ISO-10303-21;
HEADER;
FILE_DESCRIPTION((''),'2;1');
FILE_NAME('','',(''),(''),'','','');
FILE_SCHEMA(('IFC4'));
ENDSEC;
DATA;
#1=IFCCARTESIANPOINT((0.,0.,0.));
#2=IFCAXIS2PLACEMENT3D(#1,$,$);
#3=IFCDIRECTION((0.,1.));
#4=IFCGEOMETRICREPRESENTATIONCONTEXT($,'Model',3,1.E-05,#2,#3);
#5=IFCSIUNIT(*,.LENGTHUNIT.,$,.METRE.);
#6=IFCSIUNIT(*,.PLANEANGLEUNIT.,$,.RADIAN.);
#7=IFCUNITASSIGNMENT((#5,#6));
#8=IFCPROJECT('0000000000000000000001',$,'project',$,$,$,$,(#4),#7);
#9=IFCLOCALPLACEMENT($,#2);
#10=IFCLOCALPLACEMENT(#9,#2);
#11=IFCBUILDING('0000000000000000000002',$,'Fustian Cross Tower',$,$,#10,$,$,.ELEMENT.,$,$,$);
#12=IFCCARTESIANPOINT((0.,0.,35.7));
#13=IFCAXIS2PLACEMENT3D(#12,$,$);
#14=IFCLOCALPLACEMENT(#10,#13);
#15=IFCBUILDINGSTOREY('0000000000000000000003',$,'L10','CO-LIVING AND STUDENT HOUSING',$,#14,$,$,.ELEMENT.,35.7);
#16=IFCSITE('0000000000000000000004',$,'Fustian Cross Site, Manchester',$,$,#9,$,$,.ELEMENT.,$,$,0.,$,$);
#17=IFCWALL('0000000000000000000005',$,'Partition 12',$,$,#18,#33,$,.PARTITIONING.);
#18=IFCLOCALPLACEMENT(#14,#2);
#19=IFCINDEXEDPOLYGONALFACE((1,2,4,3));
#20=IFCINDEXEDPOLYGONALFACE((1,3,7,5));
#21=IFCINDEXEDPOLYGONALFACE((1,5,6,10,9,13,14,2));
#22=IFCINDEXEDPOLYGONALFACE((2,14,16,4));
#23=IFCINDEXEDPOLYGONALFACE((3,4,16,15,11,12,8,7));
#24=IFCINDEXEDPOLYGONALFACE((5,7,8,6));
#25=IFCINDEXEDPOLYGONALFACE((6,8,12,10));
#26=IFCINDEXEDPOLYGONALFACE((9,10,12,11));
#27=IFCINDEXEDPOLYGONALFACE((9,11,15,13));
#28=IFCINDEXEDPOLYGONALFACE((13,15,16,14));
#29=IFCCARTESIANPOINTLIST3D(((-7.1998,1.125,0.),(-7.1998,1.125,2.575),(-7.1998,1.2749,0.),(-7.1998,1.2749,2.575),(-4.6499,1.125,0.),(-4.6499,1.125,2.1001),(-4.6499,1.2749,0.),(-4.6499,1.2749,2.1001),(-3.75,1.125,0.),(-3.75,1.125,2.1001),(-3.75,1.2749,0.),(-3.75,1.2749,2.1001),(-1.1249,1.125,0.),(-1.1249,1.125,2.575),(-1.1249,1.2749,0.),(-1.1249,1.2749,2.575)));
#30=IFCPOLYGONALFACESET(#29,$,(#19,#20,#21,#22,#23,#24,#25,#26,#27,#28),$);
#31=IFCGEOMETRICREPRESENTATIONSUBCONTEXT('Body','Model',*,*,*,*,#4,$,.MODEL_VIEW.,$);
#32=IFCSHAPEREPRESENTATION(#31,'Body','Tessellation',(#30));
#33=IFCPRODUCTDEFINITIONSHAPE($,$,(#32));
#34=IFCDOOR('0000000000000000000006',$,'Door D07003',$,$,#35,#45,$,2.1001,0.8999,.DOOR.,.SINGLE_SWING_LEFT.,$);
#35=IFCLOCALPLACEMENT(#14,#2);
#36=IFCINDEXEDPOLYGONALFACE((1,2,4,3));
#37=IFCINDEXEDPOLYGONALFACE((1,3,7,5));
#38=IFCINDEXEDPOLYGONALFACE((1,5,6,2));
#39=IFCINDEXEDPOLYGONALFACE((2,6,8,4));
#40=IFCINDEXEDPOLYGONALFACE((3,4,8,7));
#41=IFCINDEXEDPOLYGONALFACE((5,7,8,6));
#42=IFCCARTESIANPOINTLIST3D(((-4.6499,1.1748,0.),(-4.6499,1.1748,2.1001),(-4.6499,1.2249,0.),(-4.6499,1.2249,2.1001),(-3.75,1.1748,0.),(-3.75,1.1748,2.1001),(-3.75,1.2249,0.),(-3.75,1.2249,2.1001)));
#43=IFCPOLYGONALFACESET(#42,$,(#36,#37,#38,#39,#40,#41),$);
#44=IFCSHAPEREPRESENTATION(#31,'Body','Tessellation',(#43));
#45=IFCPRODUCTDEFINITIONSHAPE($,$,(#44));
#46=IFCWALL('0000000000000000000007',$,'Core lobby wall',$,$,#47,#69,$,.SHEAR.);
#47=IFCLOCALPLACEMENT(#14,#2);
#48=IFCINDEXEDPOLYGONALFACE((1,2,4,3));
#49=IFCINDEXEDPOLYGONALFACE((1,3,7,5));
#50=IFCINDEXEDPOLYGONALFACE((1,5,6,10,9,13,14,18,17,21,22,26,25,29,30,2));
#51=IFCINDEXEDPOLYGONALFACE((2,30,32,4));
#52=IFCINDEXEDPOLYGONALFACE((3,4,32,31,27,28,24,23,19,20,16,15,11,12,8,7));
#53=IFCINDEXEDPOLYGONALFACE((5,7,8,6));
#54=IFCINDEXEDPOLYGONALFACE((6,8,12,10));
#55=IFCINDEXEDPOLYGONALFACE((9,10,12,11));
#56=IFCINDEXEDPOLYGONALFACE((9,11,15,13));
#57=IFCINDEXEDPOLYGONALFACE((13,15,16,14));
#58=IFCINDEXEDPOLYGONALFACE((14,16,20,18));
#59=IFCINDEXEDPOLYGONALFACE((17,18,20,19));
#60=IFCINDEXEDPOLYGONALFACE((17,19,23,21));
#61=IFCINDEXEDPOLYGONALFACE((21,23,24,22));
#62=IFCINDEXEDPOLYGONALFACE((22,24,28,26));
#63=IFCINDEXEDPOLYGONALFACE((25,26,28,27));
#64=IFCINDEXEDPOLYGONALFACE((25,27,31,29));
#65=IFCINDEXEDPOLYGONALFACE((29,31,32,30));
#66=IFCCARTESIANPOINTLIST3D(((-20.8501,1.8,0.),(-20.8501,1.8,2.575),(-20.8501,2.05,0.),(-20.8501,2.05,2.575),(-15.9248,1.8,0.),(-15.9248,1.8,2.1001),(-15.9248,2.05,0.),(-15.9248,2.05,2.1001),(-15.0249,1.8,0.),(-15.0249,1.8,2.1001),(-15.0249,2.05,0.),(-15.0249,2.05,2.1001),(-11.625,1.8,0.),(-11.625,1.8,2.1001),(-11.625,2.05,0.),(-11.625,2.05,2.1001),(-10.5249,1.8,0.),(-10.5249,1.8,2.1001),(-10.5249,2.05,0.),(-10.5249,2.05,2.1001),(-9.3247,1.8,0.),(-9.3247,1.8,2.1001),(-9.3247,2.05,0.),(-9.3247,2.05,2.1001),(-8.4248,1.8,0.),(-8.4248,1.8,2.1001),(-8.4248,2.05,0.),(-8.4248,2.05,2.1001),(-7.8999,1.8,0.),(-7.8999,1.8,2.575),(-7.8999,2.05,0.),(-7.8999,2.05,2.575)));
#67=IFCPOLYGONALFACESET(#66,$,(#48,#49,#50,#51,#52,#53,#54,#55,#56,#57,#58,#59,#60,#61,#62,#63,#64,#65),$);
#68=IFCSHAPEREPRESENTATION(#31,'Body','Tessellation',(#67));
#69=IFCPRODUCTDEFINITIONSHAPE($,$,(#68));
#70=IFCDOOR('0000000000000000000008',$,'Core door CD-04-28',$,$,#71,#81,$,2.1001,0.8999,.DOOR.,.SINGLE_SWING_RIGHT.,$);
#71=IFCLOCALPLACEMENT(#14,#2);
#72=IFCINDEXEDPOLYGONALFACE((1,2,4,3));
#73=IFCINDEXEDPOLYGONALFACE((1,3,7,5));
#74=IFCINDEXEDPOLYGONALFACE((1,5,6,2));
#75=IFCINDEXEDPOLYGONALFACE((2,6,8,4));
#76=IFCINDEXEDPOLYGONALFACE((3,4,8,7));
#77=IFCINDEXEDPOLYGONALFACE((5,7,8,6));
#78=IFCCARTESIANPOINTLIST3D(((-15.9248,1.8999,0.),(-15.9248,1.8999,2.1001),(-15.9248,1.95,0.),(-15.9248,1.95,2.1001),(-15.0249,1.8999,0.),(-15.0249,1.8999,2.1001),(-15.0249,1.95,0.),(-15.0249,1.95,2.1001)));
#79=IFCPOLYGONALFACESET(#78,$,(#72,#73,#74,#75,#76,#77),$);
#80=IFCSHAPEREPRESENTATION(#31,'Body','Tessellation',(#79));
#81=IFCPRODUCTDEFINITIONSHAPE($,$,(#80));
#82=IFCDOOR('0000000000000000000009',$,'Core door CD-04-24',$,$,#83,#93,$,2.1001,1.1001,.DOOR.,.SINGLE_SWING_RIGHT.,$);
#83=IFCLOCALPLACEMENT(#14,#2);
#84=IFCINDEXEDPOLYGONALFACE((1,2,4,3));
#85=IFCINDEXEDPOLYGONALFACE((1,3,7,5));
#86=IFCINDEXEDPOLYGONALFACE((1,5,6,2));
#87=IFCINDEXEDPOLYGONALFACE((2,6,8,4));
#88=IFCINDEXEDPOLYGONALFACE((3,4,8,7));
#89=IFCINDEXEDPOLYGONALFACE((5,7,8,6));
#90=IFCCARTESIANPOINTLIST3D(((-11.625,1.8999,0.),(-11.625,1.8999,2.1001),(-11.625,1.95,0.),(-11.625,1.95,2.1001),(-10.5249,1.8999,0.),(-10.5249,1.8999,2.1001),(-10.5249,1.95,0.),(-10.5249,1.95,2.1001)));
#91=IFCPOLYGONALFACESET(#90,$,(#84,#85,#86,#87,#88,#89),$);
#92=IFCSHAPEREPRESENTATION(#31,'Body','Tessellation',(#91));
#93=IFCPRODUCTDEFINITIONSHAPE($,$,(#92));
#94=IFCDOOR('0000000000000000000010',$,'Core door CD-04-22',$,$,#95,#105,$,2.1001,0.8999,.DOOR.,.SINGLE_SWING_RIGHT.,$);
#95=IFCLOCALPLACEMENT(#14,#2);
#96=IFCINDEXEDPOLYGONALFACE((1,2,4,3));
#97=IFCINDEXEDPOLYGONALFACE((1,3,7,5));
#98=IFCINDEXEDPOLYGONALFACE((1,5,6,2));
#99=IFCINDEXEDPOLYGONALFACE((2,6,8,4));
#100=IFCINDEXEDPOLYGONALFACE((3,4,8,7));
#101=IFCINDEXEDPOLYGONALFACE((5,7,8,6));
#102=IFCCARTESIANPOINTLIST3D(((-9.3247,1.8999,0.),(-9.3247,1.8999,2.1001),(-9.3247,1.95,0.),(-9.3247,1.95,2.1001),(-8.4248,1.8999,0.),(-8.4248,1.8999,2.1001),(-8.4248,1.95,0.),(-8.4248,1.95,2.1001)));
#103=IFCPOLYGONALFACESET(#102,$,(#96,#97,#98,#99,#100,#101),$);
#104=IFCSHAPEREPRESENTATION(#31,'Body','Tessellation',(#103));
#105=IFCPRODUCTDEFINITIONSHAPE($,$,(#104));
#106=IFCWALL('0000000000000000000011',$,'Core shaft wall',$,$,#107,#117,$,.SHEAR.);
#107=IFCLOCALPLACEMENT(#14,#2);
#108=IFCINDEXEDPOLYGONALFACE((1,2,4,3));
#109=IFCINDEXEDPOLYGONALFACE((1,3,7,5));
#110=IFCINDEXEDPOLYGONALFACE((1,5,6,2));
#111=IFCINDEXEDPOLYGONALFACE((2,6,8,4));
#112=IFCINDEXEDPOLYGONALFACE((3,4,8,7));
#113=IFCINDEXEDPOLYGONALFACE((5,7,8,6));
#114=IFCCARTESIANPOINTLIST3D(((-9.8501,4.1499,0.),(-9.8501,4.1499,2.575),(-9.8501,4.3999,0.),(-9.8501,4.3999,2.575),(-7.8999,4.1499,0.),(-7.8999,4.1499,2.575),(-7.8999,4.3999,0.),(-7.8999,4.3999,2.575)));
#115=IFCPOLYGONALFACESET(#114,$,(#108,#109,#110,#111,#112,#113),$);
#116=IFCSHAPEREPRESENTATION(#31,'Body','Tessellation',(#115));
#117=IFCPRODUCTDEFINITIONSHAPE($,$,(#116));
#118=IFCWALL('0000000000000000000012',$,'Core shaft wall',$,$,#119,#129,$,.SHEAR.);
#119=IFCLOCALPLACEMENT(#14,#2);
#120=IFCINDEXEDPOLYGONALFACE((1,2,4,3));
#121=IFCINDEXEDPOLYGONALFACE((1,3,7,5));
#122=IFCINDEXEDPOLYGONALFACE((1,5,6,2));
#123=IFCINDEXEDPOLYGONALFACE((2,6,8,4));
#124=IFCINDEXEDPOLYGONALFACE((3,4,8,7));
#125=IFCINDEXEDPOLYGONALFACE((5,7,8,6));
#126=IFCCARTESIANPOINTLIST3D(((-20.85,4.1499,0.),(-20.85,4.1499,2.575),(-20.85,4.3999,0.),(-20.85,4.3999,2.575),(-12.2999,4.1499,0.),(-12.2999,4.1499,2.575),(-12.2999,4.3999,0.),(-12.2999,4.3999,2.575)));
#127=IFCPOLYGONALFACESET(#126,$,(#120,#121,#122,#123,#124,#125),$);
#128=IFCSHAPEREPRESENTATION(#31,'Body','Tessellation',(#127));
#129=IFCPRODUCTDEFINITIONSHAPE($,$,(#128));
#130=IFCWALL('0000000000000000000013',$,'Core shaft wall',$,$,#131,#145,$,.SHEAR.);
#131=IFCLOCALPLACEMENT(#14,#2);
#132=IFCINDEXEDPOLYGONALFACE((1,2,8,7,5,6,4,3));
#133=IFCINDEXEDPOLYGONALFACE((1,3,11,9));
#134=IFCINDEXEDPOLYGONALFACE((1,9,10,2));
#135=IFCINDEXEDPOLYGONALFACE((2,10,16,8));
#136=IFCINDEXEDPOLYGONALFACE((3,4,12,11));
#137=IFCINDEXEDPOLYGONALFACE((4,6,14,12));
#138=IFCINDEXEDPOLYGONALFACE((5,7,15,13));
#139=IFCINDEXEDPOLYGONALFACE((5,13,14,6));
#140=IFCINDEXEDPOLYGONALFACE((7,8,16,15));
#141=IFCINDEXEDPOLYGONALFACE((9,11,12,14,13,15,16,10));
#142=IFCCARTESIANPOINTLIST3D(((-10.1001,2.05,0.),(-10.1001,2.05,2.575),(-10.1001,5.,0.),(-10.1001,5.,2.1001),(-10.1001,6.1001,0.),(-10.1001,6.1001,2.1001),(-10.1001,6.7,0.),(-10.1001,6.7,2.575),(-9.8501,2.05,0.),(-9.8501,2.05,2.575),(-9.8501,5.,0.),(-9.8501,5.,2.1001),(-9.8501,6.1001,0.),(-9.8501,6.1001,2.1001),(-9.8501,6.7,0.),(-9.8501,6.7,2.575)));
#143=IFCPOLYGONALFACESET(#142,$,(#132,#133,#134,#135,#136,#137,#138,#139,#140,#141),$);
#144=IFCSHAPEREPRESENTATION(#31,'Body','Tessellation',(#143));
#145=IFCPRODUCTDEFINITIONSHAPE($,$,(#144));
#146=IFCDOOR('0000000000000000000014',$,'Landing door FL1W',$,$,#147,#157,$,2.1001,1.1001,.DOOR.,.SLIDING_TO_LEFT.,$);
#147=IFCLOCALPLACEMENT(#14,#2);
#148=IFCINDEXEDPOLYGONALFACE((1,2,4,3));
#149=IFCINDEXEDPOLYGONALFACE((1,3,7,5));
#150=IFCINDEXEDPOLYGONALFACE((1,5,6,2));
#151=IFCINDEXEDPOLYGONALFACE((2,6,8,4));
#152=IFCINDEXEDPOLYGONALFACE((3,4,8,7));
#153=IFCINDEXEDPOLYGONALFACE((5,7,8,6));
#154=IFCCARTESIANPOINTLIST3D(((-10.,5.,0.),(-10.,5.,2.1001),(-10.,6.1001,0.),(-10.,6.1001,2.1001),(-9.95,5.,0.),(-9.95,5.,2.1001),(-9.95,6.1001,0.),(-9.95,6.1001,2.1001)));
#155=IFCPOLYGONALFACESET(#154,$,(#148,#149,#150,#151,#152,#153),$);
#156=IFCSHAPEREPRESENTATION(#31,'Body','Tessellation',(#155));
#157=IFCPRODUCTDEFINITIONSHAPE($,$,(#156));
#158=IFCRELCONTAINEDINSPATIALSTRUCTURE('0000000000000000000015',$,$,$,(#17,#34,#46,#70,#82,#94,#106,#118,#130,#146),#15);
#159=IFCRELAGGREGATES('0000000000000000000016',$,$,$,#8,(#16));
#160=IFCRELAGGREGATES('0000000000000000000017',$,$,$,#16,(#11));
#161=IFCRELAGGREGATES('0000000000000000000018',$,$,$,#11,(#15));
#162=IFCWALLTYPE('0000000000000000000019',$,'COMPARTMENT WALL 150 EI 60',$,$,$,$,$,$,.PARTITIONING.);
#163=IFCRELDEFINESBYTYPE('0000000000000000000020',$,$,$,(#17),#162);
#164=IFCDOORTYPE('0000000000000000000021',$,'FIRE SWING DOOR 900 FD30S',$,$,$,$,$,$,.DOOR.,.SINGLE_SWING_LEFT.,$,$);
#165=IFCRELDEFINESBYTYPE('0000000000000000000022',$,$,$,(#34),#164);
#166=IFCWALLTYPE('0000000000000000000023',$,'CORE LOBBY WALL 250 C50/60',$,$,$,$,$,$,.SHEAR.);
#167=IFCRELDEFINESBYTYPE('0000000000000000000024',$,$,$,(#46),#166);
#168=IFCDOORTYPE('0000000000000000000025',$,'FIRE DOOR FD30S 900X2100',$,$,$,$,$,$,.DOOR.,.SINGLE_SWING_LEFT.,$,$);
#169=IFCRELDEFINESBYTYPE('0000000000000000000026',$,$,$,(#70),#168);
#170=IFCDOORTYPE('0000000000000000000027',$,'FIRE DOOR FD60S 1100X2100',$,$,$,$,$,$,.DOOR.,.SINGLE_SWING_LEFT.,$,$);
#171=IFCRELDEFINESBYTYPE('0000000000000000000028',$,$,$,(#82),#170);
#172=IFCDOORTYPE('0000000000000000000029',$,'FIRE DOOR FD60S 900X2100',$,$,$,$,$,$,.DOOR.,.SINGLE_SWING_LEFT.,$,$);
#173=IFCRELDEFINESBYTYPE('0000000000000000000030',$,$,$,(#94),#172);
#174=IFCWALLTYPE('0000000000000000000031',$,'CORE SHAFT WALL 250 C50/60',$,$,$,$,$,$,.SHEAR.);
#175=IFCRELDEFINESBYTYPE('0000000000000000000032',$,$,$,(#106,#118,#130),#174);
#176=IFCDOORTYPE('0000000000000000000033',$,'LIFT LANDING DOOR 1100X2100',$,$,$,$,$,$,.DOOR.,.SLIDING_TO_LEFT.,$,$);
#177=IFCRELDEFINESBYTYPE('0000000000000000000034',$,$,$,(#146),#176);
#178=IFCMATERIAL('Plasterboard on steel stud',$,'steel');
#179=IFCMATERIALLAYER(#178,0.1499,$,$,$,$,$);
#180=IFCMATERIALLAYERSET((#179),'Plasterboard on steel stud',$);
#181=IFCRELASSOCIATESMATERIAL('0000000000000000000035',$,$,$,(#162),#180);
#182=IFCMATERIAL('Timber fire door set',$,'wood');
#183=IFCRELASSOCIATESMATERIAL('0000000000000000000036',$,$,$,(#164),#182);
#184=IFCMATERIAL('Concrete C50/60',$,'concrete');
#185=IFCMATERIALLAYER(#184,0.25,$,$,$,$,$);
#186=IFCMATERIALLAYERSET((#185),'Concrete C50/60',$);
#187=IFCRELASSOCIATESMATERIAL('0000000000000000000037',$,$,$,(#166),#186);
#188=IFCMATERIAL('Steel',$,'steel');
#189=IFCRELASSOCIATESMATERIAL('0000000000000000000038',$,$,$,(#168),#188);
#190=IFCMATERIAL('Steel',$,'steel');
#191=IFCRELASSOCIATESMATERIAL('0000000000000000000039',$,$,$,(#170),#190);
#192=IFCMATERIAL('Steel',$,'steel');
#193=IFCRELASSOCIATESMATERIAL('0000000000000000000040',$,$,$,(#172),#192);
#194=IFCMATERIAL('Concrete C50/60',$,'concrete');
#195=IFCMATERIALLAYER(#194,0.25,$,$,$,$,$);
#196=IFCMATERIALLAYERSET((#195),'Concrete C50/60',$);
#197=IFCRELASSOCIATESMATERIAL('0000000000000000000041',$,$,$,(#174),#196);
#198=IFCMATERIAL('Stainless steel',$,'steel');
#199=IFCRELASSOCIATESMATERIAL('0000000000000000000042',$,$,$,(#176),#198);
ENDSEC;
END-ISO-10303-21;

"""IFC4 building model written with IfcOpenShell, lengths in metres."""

from ifc_helpers import new_model, si_unit, direction, frame, frame_2d, origin, place, context, subcontext, project, spatial, rectangle, extrude, material, layer, layer_set, type_object, element, fill, save


model = new_model("IFC4")

# Units and contexts
model_context = context("Model", 3, precision=1e-05, world=origin(), true_north=direction((0.0, 1.0)))
body_context = subcontext(model_context, "Body", "Model", "MODEL_VIEW")
ifc_project = project(units=[si_unit("LENGTHUNIT", "METRE"), si_unit("PLANEANGLEUNIT", "RADIAN")], contexts=[model_context])

# Site, building, storey
site_placement = place(None, origin())
site = spatial("IfcSite", under=ifc_project, at=site_placement, Name="Fustian Cross Site, Manchester", CompositionType="ELEMENT", RefElevation=0.0)
building_placement = place(site_placement, origin())
building = spatial("IfcBuilding", under=site, at=building_placement, Name="Fustian Cross Tower", CompositionType="ELEMENT")
storey_placement = place(building_placement, frame((0.0, 0.0, 35.7)))
storey = spatial("IfcBuildingStorey", under=building, at=storey_placement, Name="L10", Description="CO-LIVING AND STUDENT HOUSING", CompositionType="ELEMENT", Elevation=35.7)

# Wall, opening, door
ifc_material_1 = material(Name="Plasterboard on steel stud", Category="steel")
ifc_layer_1 = layer(ifc_material_1, 0.1499)
ifc_layer_set_1 = layer_set([ifc_layer_1], Name="Plasterboard on steel stud")
wall_type_1 = type_object("IfcWallType", Name="COMPARTMENT WALL 150 EI 60", PredefinedType="PARTITIONING", material=ifc_layer_set_1)
wall_1_placement = place(storey_placement, frame((-7.2, 1.2, 0.0), z_axis=(0.0, 0.0, 1.0), x_axis=(1.0, 0.0, 0.0)))
wall_1 = element("IfcWall", 1, at=wall_1_placement, inside=storey, type_object=wall_type_1, Name="Partition 12", PredefinedType="PARTITIONING", context=body_context, shape_type="SweptSolid", body=[
    extrude(rectangle(XDim=6.075, YDim=0.1499, at=frame_2d((3.0376, 0.0))), origin(), (0.0, 0.0, 1.0), 2.575),
])
opening_1_placement = place(wall_1_placement, frame((2.55, 0.0, 0.0)))
opening_1 = element("IfcOpeningElement", 2, at=opening_1_placement, cuts=wall_1, PredefinedType="OPENING", context=body_context, shape_type="SweptSolid", body=[
    extrude(rectangle(XDim=0.8999, YDim=2.1001, at=frame_2d((0.45, 1.05))), frame((0.0, 0.085, 0.0), z_axis=(0.0, -1.0, 0.0), x_axis=(1.0, 0.0, 0.0)), (0.0, 0.0, 1.0), 0.1699),
])
ifc_material_2 = material(Name="Timber fire door set", Category="wood")
door_type_1 = type_object("IfcDoorType", Name="FIRE SWING DOOR 900 FD30S", OperationType="SINGLE_SWING_LEFT", PredefinedType="DOOR", material=ifc_material_2)
door_1_placement = place(opening_1_placement, origin())
door_1 = element("IfcDoor", 3, at=door_1_placement, inside=storey, type_object=door_type_1, Name="Door D07003", OperationType="SINGLE_SWING_LEFT", OverallHeight=2.1001, OverallWidth=0.8999, PredefinedType="DOOR", context=body_context, shape_type="SweptSolid", body=[
    extrude(rectangle(XDim=0.8999, YDim=2.1001, at=frame_2d((0.45, 1.05))), frame((0.0, 0.0249, 0.0), z_axis=(0.0, -1.0, 0.0), x_axis=(1.0, 0.0, 0.0)), (0.0, 0.0, 1.0), 0.05),
])
fill(opening_1, door_1)

# Wall, openings, doors
ifc_material_3 = material(Name="Concrete C50/60", Category="concrete")
ifc_layer_2 = layer(ifc_material_3, 0.25)
ifc_layer_set_2 = layer_set([ifc_layer_2], Name="Concrete C50/60")
wall_type_2 = type_object("IfcWallType", Name="CORE LOBBY WALL 250 C50/60", PredefinedType="SHEAR", material=ifc_layer_set_2)
wall_2_placement = place(storey_placement, frame((-7.8999, 1.925, 0.0), z_axis=(0.0, 0.0, 1.0), x_axis=(-1.0, 0.0, 0.0)))
wall_2 = element("IfcWall", 4, at=wall_2_placement, inside=storey, type_object=wall_type_2, Name="Core lobby wall", PredefinedType="SHEAR", context=body_context, shape_type="SweptSolid", body=[
    extrude(rectangle(XDim=12.9502, YDim=0.25, at=frame_2d((6.4751, 0.0))), origin(), (0.0, 0.0, 1.0), 2.575),
])
opening_2_placement = place(wall_2_placement, frame((0.5249, 0.0, 0.0)))
opening_2 = element("IfcOpeningElement", 5, at=opening_2_placement, cuts=wall_2, PredefinedType="OPENING", context=body_context, shape_type="SweptSolid", body=[
    extrude(rectangle(XDim=0.8999, YDim=2.1001, at=frame_2d((0.45, 1.05))), frame((0.0, 0.135, 0.0), z_axis=(0.0, -1.0, 0.0), x_axis=(1.0, 0.0, 0.0)), (0.0, 0.0, 1.0), 0.27),
])
opening_3_placement = place(wall_2_placement, frame((2.625, 0.0, 0.0)))
opening_3 = element("IfcOpeningElement", 6, at=opening_3_placement, cuts=wall_2, PredefinedType="OPENING", context=body_context, shape_type="SweptSolid", body=[
    extrude(rectangle(XDim=1.1001, YDim=2.1001, at=frame_2d((0.55, 1.05))), frame((0.0, 0.135, 0.0), z_axis=(0.0, -1.0, 0.0), x_axis=(1.0, 0.0, 0.0)), (0.0, 0.0, 1.0), 0.27),
])
opening_4_placement = place(wall_2_placement, frame((7.125, 0.0, 0.0)))
opening_4 = element("IfcOpeningElement", 7, at=opening_4_placement, cuts=wall_2, PredefinedType="OPENING", context=body_context, shape_type="SweptSolid", body=[
    extrude(rectangle(XDim=0.8999, YDim=2.1001, at=frame_2d((0.45, 1.05))), frame((0.0, 0.135, 0.0), z_axis=(0.0, -1.0, 0.0), x_axis=(1.0, 0.0, 0.0)), (0.0, 0.0, 1.0), 0.27),
])
ifc_material_4 = material(Name="Steel", Category="steel")
door_type_2 = type_object("IfcDoorType", Name="FIRE DOOR FD30S 900X2100", OperationType="SINGLE_SWING_LEFT", PredefinedType="DOOR", material=ifc_material_4)
door_2_placement = place(opening_4_placement, frame((0.8999, 0.0, 0.0), z_axis=(0.0, 0.0, 1.0), x_axis=(-1.0, 0.0, 0.0)))
door_2 = element("IfcDoor", 8, at=door_2_placement, inside=storey, type_object=door_type_2, Name="Core door CD-04-28", OperationType="SINGLE_SWING_RIGHT", OverallHeight=2.1001, OverallWidth=0.8999, PredefinedType="DOOR", context=body_context, shape_type="SweptSolid", body=[
    extrude(rectangle(XDim=0.8999, YDim=2.1001, at=frame_2d((0.45, 1.05))), frame((0.0, 0.0249, 0.0), z_axis=(0.0, -1.0, 0.0), x_axis=(1.0, 0.0, 0.0)), (0.0, 0.0, 1.0), 0.05),
])
fill(opening_4, door_2)
ifc_material_5 = material(Name="Steel", Category="steel")
door_type_3 = type_object("IfcDoorType", Name="FIRE DOOR FD60S 1100X2100", OperationType="SINGLE_SWING_LEFT", PredefinedType="DOOR", material=ifc_material_5)
door_3_placement = place(opening_3_placement, frame((1.1001, 0.0, 0.0), z_axis=(0.0, 0.0, 1.0), x_axis=(-1.0, 0.0, 0.0)))
door_3 = element("IfcDoor", 9, at=door_3_placement, inside=storey, type_object=door_type_3, Name="Core door CD-04-24", OperationType="SINGLE_SWING_RIGHT", OverallHeight=2.1001, OverallWidth=1.1001, PredefinedType="DOOR", context=body_context, shape_type="SweptSolid", body=[
    extrude(rectangle(XDim=1.1001, YDim=2.1001, at=frame_2d((0.55, 1.05))), frame((0.0, 0.0249, 0.0), z_axis=(0.0, -1.0, 0.0), x_axis=(1.0, 0.0, 0.0)), (0.0, 0.0, 1.0), 0.05),
])
fill(opening_3, door_3)
ifc_material_6 = material(Name="Steel", Category="steel")
door_type_4 = type_object("IfcDoorType", Name="FIRE DOOR FD60S 900X2100", OperationType="SINGLE_SWING_LEFT", PredefinedType="DOOR", material=ifc_material_6)
door_4_placement = place(opening_2_placement, frame((0.8999, 0.0, 0.0), z_axis=(0.0, 0.0, 1.0), x_axis=(-1.0, 0.0, 0.0)))
door_4 = element("IfcDoor", 10, at=door_4_placement, inside=storey, type_object=door_type_4, Name="Core door CD-04-22", OperationType="SINGLE_SWING_RIGHT", OverallHeight=2.1001, OverallWidth=0.8999, PredefinedType="DOOR", context=body_context, shape_type="SweptSolid", body=[
    extrude(rectangle(XDim=0.8999, YDim=2.1001, at=frame_2d((0.45, 1.05))), frame((0.0, 0.0249, 0.0), z_axis=(0.0, -1.0, 0.0), x_axis=(1.0, 0.0, 0.0)), (0.0, 0.0, 1.0), 0.05),
])
fill(opening_2, door_4)

# Walls
ifc_material_7 = material(Name="Concrete C50/60", Category="concrete")
ifc_layer_3 = layer(ifc_material_7, 0.25)
ifc_layer_set_3 = layer_set([ifc_layer_3], Name="Concrete C50/60")
wall_type_3 = type_object("IfcWallType", Name="CORE SHAFT WALL 250 C50/60", PredefinedType="SHEAR", material=ifc_layer_set_3)
wall_3_placement = place(storey_placement, frame((-7.8999, 4.2749, 0.0), z_axis=(0.0, 0.0, 1.0), x_axis=(-1.0, 0.0, 0.0)))
element("IfcWall", 11, at=wall_3_placement, inside=storey, type_object=wall_type_3, Name="Core shaft wall", PredefinedType="SHEAR", context=body_context, shape_type="SweptSolid", body=[
    extrude(rectangle(XDim=1.9502, YDim=0.25, at=frame_2d((0.9751, 0.0))), origin(), (0.0, 0.0, 1.0), 2.575),
])
wall_4_placement = place(storey_placement, frame((-12.3, 4.2749, 0.0), z_axis=(0.0, 0.0, 1.0), x_axis=(-1.0, 0.0, 0.0)))
element("IfcWall", 12, at=wall_4_placement, inside=storey, type_object=wall_type_3, Name="Core shaft wall", PredefinedType="SHEAR", context=body_context, shape_type="SweptSolid", body=[
    extrude(rectangle(XDim=8.55, YDim=0.25, at=frame_2d((4.2749, 0.0))), origin(), (0.0, 0.0, 1.0), 2.575),
])

# Wall, opening, door
wall_5_placement = place(storey_placement, frame((-9.9751, 2.05, 0.0), z_axis=(0.0, 0.0, 1.0), x_axis=(0.0, 1.0, 0.0)))
wall_5 = element("IfcWall", 13, at=wall_5_placement, inside=storey, type_object=wall_type_3, Name="Core shaft wall", PredefinedType="SHEAR", context=body_context, shape_type="SweptSolid", body=[
    extrude(rectangle(XDim=4.6499, YDim=0.25, at=frame_2d((2.325, 0.0))), origin(), (0.0, 0.0, 1.0), 2.575),
])
opening_5_placement = place(wall_5_placement, frame((2.95, 0.0, 0.0)))
opening_5 = element("IfcOpeningElement", 14, at=opening_5_placement, cuts=wall_5, PredefinedType="OPENING", context=body_context, shape_type="SweptSolid", body=[
    extrude(rectangle(XDim=1.1001, YDim=2.1001, at=frame_2d((0.55, 1.05))), frame((0.0, 0.135, 0.0), z_axis=(0.0, -1.0, 0.0), x_axis=(1.0, 0.0, 0.0)), (0.0, 0.0, 1.0), 0.27),
])
ifc_material_8 = material(Name="Stainless steel", Category="steel")
door_type_5 = type_object("IfcDoorType", Name="LIFT LANDING DOOR 1100X2100", OperationType="SLIDING_TO_LEFT", PredefinedType="DOOR", material=ifc_material_8)
door_5_placement = place(opening_5_placement, origin())
door_5 = element("IfcDoor", 15, at=door_5_placement, inside=storey, type_object=door_type_5, Name="Landing door FL1W", OperationType="SLIDING_TO_LEFT", OverallHeight=2.1001, OverallWidth=1.1001, PredefinedType="DOOR", context=body_context, shape_type="SweptSolid", body=[
    extrude(rectangle(XDim=1.1001, YDim=2.1001, at=frame_2d((0.55, 1.05))), frame((0.0, 0.0249, 0.0), z_axis=(0.0, -1.0, 0.0), x_axis=(1.0, 0.0, 0.0)), (0.0, 0.0, 1.0), 0.05),
])
fill(opening_5, door_5)

save(model, "model.ifc")
